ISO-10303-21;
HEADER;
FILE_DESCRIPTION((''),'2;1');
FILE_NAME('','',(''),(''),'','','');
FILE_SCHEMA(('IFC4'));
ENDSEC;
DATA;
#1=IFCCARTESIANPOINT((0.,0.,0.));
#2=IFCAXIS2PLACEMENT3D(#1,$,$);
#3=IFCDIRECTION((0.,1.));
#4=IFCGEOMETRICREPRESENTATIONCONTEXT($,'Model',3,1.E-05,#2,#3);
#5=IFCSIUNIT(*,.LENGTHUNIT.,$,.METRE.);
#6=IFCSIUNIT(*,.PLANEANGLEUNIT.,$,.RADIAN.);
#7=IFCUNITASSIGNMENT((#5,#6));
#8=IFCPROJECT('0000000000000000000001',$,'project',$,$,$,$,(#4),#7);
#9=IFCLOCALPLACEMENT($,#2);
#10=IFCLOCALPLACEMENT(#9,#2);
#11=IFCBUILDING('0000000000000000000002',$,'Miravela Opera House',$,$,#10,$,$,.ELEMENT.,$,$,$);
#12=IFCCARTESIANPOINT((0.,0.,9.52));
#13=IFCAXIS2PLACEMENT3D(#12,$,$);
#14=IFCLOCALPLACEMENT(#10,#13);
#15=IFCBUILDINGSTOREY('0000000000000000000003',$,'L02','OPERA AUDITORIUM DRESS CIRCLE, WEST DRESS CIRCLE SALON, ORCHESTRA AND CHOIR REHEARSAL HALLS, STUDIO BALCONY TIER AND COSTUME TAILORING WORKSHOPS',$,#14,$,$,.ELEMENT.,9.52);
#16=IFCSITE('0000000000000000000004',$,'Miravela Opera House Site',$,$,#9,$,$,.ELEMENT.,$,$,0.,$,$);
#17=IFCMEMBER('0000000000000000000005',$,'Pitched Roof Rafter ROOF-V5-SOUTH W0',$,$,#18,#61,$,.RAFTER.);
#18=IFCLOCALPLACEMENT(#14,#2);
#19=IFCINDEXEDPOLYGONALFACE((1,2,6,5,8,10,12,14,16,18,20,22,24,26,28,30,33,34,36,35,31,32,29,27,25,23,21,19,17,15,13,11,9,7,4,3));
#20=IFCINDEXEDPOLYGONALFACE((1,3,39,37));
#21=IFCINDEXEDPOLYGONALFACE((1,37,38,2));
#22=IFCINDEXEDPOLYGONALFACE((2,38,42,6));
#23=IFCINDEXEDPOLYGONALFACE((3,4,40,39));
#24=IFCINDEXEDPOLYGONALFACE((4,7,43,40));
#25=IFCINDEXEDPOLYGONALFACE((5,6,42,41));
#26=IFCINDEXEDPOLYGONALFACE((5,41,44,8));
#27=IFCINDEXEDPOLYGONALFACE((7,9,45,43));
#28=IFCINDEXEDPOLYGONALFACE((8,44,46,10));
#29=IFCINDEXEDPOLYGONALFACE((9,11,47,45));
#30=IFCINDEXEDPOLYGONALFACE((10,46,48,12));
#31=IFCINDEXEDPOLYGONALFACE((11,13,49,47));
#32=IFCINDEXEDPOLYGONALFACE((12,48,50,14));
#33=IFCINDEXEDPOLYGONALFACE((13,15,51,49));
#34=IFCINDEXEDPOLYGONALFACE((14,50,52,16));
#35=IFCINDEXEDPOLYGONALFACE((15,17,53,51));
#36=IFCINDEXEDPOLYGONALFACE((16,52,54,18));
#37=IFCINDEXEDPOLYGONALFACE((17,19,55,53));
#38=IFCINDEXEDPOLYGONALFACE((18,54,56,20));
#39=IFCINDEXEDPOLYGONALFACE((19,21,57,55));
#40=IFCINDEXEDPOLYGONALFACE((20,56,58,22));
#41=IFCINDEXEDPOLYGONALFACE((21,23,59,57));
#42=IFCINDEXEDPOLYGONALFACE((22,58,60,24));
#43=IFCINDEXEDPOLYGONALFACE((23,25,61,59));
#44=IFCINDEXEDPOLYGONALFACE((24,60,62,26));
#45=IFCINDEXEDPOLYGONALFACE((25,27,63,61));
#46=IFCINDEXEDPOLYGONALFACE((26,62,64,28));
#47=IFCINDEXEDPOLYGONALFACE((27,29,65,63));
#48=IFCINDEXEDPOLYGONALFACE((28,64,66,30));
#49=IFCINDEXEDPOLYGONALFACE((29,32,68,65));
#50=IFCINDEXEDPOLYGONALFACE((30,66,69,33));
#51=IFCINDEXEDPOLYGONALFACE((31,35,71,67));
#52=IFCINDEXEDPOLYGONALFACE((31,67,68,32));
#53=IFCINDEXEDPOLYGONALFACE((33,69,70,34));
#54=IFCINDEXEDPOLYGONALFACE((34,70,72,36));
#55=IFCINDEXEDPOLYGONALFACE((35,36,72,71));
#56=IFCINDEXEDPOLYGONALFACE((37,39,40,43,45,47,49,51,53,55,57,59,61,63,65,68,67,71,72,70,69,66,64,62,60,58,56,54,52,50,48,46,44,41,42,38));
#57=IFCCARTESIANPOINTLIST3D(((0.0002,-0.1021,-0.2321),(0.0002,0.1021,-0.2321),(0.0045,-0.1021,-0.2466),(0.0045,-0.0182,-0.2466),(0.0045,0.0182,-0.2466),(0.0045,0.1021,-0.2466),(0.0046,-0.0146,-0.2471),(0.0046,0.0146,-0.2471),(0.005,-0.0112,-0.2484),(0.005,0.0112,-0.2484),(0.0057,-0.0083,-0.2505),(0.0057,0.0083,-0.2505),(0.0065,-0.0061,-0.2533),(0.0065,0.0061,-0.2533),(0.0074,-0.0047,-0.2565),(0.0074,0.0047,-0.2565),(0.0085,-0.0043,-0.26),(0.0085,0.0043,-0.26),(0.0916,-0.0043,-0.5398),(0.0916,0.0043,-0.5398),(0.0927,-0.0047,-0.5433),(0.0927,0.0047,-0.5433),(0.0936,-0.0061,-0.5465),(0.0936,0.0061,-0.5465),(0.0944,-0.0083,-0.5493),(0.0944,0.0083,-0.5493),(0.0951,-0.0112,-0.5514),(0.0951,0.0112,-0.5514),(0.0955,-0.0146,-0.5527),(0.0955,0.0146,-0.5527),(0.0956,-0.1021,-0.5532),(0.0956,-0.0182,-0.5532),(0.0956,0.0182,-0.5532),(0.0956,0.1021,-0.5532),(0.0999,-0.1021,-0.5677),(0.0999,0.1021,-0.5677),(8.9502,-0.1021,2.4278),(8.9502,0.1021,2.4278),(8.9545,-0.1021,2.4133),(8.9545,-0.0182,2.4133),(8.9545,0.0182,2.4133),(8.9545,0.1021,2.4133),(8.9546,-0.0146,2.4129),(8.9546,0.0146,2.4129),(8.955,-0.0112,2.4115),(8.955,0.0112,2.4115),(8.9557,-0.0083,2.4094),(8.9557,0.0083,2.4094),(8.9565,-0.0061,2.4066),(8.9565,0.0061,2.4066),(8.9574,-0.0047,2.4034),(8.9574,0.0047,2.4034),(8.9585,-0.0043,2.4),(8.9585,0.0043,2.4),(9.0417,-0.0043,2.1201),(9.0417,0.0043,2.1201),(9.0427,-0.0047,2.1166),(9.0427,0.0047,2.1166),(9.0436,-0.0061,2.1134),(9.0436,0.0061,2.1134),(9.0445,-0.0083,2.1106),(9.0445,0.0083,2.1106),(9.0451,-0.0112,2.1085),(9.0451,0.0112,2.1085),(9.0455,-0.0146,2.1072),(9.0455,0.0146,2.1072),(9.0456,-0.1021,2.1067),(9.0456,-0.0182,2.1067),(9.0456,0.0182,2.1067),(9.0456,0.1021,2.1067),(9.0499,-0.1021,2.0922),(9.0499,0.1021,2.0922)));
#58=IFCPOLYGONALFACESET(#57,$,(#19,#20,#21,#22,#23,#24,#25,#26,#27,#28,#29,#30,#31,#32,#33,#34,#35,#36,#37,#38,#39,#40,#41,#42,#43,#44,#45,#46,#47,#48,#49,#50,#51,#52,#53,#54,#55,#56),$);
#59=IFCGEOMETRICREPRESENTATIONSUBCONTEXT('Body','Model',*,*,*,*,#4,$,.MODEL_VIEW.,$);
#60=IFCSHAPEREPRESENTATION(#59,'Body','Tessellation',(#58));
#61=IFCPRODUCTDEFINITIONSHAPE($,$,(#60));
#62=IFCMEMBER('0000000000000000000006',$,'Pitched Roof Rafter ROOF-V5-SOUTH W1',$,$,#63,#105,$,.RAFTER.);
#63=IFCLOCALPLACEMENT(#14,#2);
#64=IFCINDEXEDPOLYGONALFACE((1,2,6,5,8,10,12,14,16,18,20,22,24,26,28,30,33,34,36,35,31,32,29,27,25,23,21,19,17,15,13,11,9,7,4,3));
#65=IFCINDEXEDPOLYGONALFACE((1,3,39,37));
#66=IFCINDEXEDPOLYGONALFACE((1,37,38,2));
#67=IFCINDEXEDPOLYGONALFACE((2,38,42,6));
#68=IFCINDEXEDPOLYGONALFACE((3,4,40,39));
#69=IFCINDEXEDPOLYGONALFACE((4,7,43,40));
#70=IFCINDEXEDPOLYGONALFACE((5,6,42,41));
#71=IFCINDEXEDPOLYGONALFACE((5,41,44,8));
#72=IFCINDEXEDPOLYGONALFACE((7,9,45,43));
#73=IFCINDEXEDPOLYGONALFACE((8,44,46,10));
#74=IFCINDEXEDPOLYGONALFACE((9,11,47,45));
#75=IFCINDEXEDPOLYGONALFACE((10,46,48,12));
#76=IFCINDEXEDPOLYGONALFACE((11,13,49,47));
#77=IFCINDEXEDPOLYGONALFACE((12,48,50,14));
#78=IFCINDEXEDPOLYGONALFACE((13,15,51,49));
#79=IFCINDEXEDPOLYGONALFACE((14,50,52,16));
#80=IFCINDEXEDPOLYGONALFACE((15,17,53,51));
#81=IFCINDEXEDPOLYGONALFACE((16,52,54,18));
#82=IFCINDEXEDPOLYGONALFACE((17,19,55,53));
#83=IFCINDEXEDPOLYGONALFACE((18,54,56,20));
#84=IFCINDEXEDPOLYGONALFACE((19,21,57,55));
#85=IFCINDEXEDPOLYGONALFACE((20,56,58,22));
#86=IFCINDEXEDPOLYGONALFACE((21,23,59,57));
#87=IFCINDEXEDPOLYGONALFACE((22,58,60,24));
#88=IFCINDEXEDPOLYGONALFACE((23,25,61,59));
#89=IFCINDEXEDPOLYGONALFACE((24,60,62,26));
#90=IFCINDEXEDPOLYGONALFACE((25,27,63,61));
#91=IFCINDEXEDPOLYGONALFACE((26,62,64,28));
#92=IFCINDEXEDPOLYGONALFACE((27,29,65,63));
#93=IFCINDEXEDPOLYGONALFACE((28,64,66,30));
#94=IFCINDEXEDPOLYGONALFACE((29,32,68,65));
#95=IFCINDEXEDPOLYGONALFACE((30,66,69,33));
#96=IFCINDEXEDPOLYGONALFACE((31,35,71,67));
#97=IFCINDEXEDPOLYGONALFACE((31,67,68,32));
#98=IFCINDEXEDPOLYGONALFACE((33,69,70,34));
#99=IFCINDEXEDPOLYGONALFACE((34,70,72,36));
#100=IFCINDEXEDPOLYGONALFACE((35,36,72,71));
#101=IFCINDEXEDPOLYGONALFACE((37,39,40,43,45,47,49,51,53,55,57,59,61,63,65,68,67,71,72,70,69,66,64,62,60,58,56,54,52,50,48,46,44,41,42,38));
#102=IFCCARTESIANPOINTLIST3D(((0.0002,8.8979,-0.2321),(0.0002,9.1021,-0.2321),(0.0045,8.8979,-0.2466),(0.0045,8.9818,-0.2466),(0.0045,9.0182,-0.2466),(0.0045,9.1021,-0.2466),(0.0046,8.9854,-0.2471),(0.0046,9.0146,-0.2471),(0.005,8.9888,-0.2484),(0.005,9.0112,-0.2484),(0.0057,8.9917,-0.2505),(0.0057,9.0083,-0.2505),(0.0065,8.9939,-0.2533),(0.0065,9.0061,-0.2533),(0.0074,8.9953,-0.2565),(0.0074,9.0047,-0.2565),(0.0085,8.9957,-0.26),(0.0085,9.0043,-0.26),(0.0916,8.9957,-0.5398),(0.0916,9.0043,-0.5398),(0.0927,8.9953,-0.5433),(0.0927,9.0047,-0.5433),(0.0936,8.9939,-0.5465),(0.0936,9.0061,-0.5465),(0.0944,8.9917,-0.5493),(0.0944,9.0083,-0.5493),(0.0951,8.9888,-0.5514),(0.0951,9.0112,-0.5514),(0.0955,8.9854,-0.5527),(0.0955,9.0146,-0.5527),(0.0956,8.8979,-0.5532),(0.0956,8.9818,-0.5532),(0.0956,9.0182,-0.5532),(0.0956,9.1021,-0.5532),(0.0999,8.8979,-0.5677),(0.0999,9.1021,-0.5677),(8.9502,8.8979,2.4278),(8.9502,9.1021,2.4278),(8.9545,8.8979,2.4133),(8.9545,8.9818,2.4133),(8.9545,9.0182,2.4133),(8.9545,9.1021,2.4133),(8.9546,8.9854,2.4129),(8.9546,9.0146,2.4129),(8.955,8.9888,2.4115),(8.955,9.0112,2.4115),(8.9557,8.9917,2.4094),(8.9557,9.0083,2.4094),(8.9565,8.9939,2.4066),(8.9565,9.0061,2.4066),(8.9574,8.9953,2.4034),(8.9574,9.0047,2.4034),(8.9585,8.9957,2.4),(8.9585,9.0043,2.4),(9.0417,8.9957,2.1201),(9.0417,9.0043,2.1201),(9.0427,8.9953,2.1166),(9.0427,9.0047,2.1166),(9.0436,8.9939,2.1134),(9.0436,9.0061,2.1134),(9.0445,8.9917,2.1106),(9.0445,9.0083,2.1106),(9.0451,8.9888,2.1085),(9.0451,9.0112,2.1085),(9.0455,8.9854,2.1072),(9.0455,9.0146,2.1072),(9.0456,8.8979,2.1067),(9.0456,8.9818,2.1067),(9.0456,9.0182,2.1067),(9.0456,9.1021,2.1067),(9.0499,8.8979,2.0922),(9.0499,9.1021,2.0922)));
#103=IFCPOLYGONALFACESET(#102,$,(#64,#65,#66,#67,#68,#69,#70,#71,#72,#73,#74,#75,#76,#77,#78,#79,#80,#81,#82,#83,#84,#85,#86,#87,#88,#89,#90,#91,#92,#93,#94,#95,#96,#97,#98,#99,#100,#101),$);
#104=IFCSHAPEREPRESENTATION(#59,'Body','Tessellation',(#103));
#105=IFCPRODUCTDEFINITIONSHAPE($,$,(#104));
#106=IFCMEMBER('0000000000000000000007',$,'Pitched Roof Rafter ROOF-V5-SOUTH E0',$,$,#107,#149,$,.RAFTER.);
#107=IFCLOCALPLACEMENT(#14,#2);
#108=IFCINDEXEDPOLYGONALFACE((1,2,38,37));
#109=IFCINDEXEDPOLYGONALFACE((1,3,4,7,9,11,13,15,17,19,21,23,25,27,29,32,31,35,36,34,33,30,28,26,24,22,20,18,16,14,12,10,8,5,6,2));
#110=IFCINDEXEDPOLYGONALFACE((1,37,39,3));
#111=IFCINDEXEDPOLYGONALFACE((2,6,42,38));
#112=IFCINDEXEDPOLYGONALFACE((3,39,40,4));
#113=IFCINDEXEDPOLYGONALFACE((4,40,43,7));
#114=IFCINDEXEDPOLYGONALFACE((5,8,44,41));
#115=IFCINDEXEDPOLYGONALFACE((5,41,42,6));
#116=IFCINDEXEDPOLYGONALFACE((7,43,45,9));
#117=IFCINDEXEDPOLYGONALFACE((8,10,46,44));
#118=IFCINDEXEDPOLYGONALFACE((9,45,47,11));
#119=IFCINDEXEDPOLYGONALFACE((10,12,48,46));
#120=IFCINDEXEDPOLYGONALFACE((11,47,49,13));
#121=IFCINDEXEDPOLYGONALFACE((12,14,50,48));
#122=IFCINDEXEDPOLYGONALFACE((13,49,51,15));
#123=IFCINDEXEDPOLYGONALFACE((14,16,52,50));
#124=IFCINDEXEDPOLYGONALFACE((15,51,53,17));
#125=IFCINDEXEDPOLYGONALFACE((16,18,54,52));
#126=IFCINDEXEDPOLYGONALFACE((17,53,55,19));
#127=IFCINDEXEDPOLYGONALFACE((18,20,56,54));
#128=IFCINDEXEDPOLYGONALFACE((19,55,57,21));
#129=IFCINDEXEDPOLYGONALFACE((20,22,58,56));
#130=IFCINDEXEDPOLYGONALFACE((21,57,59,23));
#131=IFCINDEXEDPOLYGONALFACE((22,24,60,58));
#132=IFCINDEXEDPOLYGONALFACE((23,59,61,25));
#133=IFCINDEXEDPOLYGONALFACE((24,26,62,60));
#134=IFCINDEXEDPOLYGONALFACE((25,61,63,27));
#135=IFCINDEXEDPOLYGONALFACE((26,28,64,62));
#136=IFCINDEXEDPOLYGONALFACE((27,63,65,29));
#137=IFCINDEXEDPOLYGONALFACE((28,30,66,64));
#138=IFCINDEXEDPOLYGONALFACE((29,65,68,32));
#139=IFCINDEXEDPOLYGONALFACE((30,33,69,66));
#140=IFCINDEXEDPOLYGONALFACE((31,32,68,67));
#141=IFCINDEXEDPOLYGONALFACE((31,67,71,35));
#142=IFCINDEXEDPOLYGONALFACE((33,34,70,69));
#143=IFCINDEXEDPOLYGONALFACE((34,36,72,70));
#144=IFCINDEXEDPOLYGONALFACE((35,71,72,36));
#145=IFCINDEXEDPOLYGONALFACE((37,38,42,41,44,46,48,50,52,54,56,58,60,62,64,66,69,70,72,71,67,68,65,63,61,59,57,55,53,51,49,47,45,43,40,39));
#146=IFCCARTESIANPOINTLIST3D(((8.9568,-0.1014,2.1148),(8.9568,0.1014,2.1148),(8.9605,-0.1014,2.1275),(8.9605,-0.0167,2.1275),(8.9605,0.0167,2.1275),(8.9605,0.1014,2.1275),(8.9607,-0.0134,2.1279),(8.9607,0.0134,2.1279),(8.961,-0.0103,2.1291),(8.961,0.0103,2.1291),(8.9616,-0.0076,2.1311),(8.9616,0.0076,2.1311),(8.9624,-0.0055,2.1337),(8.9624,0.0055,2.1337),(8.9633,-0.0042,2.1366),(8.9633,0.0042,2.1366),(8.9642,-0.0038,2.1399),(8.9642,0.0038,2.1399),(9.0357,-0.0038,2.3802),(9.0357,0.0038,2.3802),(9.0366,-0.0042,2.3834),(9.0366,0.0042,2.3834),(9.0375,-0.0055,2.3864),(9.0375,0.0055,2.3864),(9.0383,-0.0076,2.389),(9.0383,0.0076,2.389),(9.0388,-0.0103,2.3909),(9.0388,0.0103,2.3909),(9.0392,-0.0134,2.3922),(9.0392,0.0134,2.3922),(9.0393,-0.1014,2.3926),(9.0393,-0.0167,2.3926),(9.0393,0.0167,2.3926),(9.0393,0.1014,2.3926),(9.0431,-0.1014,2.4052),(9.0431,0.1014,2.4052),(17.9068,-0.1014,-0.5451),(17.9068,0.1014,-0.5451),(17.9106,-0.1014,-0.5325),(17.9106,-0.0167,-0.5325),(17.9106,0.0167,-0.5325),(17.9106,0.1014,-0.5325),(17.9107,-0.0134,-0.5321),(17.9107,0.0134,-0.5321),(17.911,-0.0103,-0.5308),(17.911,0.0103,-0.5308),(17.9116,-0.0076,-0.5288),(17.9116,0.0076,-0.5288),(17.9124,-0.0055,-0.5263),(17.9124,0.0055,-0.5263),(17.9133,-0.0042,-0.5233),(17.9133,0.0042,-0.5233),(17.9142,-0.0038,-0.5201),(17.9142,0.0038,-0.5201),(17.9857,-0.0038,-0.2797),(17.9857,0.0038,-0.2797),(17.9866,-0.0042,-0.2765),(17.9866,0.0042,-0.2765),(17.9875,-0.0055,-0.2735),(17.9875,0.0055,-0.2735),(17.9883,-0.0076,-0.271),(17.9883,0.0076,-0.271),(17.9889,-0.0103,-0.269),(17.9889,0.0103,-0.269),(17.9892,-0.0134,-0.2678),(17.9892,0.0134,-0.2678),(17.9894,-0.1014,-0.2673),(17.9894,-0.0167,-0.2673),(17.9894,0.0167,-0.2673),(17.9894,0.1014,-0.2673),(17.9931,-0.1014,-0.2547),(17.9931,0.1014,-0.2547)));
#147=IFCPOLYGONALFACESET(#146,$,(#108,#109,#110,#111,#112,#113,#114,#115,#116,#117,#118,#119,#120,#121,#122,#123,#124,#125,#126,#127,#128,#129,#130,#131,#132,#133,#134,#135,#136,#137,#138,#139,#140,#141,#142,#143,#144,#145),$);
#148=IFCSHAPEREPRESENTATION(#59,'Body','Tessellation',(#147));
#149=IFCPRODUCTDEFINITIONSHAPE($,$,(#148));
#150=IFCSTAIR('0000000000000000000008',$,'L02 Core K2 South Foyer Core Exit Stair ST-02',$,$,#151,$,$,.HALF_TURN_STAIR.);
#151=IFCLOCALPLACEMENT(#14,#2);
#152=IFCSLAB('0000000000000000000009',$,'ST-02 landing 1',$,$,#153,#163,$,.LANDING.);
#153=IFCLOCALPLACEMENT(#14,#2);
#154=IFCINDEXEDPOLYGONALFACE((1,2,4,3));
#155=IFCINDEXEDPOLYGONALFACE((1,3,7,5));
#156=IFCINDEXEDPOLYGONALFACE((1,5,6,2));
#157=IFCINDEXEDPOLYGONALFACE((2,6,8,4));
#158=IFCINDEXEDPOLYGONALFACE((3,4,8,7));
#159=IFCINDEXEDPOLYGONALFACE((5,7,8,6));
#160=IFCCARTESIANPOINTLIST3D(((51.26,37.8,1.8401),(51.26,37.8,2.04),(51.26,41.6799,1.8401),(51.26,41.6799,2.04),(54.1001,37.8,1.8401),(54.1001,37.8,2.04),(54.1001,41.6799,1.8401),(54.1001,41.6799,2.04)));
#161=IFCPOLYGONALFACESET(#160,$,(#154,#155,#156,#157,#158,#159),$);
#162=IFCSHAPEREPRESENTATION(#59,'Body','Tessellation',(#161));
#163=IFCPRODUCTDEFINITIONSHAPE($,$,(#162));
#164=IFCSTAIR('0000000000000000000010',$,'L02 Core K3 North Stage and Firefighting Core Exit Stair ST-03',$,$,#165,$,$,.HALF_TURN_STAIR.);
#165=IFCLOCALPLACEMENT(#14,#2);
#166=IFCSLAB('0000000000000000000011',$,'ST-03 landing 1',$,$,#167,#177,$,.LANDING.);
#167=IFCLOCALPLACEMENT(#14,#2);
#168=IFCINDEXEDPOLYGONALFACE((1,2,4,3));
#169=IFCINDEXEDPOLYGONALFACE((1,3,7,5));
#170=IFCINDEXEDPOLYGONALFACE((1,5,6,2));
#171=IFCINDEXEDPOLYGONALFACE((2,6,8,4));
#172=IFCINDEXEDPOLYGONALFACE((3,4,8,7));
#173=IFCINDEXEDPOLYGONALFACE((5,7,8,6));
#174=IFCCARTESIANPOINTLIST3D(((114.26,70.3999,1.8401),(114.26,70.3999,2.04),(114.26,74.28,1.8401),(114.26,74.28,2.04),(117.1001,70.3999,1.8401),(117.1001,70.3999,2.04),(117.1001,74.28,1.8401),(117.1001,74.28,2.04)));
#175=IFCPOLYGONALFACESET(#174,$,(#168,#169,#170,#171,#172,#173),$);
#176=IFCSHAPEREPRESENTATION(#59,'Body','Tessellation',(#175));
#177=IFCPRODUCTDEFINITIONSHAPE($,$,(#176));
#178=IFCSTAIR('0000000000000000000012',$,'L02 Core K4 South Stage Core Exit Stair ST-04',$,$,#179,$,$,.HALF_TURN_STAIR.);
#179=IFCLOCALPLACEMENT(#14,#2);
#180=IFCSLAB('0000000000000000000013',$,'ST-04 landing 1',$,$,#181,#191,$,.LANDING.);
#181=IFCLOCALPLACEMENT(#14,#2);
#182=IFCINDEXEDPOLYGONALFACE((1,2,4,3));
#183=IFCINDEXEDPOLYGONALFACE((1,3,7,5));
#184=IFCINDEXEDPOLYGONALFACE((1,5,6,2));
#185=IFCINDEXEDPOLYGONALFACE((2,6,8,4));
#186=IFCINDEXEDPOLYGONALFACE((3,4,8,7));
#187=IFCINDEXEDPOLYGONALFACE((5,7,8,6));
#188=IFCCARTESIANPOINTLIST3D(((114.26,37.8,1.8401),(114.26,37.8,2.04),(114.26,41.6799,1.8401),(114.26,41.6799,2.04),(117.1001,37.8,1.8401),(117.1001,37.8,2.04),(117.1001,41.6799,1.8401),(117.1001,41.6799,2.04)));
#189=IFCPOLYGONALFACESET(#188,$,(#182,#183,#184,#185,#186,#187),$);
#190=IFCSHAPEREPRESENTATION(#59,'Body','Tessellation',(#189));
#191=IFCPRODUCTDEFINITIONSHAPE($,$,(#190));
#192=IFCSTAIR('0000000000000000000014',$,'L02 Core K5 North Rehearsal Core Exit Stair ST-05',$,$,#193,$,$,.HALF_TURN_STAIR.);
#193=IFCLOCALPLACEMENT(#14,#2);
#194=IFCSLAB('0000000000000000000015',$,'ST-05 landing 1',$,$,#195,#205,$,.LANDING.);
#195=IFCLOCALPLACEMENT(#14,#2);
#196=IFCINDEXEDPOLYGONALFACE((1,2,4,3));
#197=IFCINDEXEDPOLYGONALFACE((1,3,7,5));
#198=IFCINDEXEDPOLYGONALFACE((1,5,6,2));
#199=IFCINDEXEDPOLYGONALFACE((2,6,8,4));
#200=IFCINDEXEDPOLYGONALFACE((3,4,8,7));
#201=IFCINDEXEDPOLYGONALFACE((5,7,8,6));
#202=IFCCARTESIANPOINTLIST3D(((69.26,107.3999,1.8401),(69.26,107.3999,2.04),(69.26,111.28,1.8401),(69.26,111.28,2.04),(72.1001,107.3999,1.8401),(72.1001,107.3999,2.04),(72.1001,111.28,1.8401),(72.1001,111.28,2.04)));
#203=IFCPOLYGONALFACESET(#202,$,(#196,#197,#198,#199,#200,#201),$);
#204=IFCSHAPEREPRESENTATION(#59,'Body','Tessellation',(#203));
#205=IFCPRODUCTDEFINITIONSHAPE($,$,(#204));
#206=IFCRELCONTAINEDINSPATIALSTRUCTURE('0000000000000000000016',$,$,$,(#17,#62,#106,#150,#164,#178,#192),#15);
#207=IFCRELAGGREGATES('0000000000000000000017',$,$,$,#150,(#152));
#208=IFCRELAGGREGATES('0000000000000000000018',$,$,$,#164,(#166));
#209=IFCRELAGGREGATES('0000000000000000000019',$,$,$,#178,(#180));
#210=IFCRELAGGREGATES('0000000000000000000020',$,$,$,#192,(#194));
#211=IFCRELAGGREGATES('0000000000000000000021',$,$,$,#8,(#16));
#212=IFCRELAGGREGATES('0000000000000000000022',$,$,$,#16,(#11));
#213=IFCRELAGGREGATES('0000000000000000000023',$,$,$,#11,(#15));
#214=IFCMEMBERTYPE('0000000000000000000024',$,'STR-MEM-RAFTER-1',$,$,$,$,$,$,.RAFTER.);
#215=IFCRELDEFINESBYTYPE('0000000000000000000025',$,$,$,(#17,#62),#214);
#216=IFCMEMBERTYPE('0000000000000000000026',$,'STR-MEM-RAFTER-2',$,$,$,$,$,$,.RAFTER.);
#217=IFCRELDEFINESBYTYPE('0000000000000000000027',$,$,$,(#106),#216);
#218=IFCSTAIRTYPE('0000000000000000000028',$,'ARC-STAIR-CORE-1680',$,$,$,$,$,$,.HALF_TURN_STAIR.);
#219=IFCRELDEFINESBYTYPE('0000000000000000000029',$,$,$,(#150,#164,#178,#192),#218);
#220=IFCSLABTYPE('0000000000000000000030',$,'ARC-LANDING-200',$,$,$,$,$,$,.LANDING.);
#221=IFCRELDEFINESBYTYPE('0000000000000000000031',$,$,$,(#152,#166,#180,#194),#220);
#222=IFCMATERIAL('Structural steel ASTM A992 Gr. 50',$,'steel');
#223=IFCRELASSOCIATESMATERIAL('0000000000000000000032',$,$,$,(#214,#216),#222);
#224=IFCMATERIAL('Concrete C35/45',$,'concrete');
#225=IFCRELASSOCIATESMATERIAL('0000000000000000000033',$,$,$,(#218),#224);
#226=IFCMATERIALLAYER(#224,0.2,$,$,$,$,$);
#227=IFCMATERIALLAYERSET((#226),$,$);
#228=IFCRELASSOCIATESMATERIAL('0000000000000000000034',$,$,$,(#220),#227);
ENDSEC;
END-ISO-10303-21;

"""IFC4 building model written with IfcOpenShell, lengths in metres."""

from ifc_helpers import new_model, si_unit, direction, frame, origin, origin_2d, place, context, subcontext, project, spatial, polyline, i_section, outline, extrude, material, layer, layer_set, material_profile, profile_set, type_object, element, aggregate, save


model = new_model("IFC4")

# Units and contexts
model_context = context("Model", 3, precision=1e-05, world=origin(), true_north=direction((0.0, 1.0)))
body_context = subcontext(model_context, "Body", "Model", "MODEL_VIEW")
ifc_project = project(units=[si_unit("LENGTHUNIT", "METRE"), si_unit("PLANEANGLEUNIT", "RADIAN")], contexts=[model_context])

# Site, building, storey
site_placement = place(None, origin())
site = spatial("IfcSite", under=ifc_project, at=site_placement, Name="Miravela Opera House Site", CompositionType="ELEMENT", RefElevation=0.0)
building_placement = place(site_placement, origin())
building = spatial("IfcBuilding", under=site, at=building_placement, Name="Miravela Opera House", CompositionType="ELEMENT")
storey_placement = place(building_placement, frame((0.0, 0.0, 9.52)))
storey = spatial("IfcBuildingStorey", under=building, at=storey_placement, Name="L02", Description="OPERA AUDITORIUM DRESS CIRCLE, WEST DRESS CIRCLE SALON, ORCHESTRA AND CHOIR REHEARSAL HALLS, STUDIO BALCONY TIER AND COSTUME TAILORING WORKSHOPS", CompositionType="ELEMENT", Elevation=9.52)

# Shared definitions
ifc_material_1 = material(Name="Structural steel ASTM A992 Gr. 50", Category="steel")

# Members
ifc_material_profile_1 = material_profile(ifc_material_1, i_section(OverallWidth=0.2041, OverallDepth=0.3501, WebThickness=0.0085, FlangeThickness=0.0151, FilletRadius=0.0139, at=origin_2d()), Name="W360X72")
ifc_profile_set_1 = profile_set([ifc_material_profile_1])
member_type_1 = type_object("IfcMemberType", Name="STR-MEM-RAFTER-1", PredefinedType="RAFTER", material=ifc_profile_set_1)
for number, where, z_axis, x_axis, name in (
    (1, (0.05, 0.0, -0.3999), (0.958562, 0.0, 0.284883), (0.0, 1.0, 0.0), "Pitched Roof Rafter ROOF-V5-SOUTH W0"),
    (2, (0.05, 9.0, -0.3999), (0.958562, 0.0, 0.284883), (0.0, 1.0, 0.0), "Pitched Roof Rafter ROOF-V5-SOUTH W1"),
):
    element("IfcMember", number, at=place(storey_placement, frame(where, z_axis=z_axis, x_axis=x_axis)), inside=storey, type_object=member_type_1, Name=name, PredefinedType="RAFTER", context=body_context, shape_type="SweptSolid", body=[
        extrude(i_section(OverallWidth=0.2041, OverallDepth=0.3501, WebThickness=0.0085, FlangeThickness=0.0151, FilletRadius=0.0139, at=origin_2d()), origin(), (0.0, 0.0, 1.0), 9.3369),
    ])
ifc_material_profile_2 = material_profile(ifc_material_1, i_section(OverallWidth=0.2029, OverallDepth=0.303, WebThickness=0.0076, FlangeThickness=0.0132, FilletRadius=0.0129, at=origin_2d()), Name="W310X60")
ifc_profile_set_2 = profile_set([ifc_material_profile_2])
member_type_2 = type_object("IfcMemberType", Name="STR-MEM-RAFTER-2", PredefinedType="RAFTER", material=ifc_profile_set_2)
member_placement = place(storey_placement, frame((17.95, 0.0, -0.3999), z_axis=(-0.958562, 0.0, 0.284883), x_axis=(0.0, -1.0, 0.0)))
element("IfcMember", 3, at=member_placement, inside=storey, type_object=member_type_2, Name="Pitched Roof Rafter ROOF-V5-SOUTH E0", PredefinedType="RAFTER", context=body_context, shape_type="SweptSolid", body=[
    extrude(i_section(OverallWidth=0.2029, OverallDepth=0.303, WebThickness=0.0076, FlangeThickness=0.0132, FilletRadius=0.0129, at=origin_2d()), origin(), (0.0, 0.0, 1.0), 9.3369),
])

# Stairs, slabs
ifc_material_2 = material(Name="Concrete C35/45", Category="concrete")
stair_type_1 = type_object("IfcStairType", Name="ARC-STAIR-CORE-1680", PredefinedType="HALF_TURN_STAIR", material=ifc_material_2)
stair_1_placement = place(storey_placement, origin())
stair_1 = element("IfcStair", 4, at=stair_1_placement, inside=storey, type_object=stair_type_1, Name="L02 Core K2 South Foyer Core Exit Stair ST-02", PredefinedType="HALF_TURN_STAIR")
ifc_layer_1 = layer(ifc_material_2, 0.2)
ifc_layer_set_1 = layer_set([ifc_layer_1])
slab_type_1 = type_object("IfcSlabType", Name="ARC-LANDING-200", PredefinedType="LANDING", material=ifc_layer_set_1)
slab_1_placement = place(storey_placement, frame((0.0, 0.0, 1.8401)))
slab_1 = element("IfcSlab", 5, at=slab_1_placement, type_object=slab_type_1, Name="ST-02 landing 1", PredefinedType="LANDING", context=body_context, shape_type="SweptSolid", body=[
    extrude(outline(polyline([(51.26, 37.8), (54.1001, 37.8), (54.1001, 41.6799), (51.26, 41.6799), (51.26, 37.8)])), origin(), (0.0, 0.0, 1.0), 0.2),
])
aggregate(stair_1, [slab_1])
stair_2_placement = place(storey_placement, origin())
stair_2 = element("IfcStair", 6, at=stair_2_placement, inside=storey, type_object=stair_type_1, Name="L02 Core K3 North Stage and Firefighting Core Exit Stair ST-03", PredefinedType="HALF_TURN_STAIR")
slab_2_placement = place(storey_placement, frame((0.0, 0.0, 1.8401)))
slab_2 = element("IfcSlab", 7, at=slab_2_placement, type_object=slab_type_1, Name="ST-03 landing 1", PredefinedType="LANDING", context=body_context, shape_type="SweptSolid", body=[
    extrude(outline(polyline([(114.26, 70.3999), (117.1001, 70.3999), (117.1001, 74.28), (114.26, 74.28), (114.26, 70.3999)])), origin(), (0.0, 0.0, 1.0), 0.2),
])
aggregate(stair_2, [slab_2])
stair_3_placement = place(storey_placement, origin())
stair_3 = element("IfcStair", 8, at=stair_3_placement, inside=storey, type_object=stair_type_1, Name="L02 Core K4 South Stage Core Exit Stair ST-04", PredefinedType="HALF_TURN_STAIR")
slab_3_placement = place(storey_placement, frame((0.0, 0.0, 1.8401)))
slab_3 = element("IfcSlab", 9, at=slab_3_placement, type_object=slab_type_1, Name="ST-04 landing 1", PredefinedType="LANDING", context=body_context, shape_type="SweptSolid", body=[
    extrude(outline(polyline([(114.26, 37.8), (117.1001, 37.8), (117.1001, 41.6799), (114.26, 41.6799), (114.26, 37.8)])), origin(), (0.0, 0.0, 1.0), 0.2),
])
aggregate(stair_3, [slab_3])
stair_4_placement = place(storey_placement, origin())
stair_4 = element("IfcStair", 10, at=stair_4_placement, inside=storey, type_object=stair_type_1, Name="L02 Core K5 North Rehearsal Core Exit Stair ST-05", PredefinedType="HALF_TURN_STAIR")
slab_4_placement = place(storey_placement, frame((0.0, 0.0, 1.8401)))
slab_4 = element("IfcSlab", 11, at=slab_4_placement, type_object=slab_type_1, Name="ST-05 landing 1", PredefinedType="LANDING", context=body_context, shape_type="SweptSolid", body=[
    extrude(outline(polyline([(69.26, 107.3999), (72.1001, 107.3999), (72.1001, 111.28), (69.26, 111.28), (69.26, 107.3999)])), origin(), (0.0, 0.0, 1.0), 0.2),
])
aggregate(stair_4, [slab_4])

save(model, "model.ifc")
